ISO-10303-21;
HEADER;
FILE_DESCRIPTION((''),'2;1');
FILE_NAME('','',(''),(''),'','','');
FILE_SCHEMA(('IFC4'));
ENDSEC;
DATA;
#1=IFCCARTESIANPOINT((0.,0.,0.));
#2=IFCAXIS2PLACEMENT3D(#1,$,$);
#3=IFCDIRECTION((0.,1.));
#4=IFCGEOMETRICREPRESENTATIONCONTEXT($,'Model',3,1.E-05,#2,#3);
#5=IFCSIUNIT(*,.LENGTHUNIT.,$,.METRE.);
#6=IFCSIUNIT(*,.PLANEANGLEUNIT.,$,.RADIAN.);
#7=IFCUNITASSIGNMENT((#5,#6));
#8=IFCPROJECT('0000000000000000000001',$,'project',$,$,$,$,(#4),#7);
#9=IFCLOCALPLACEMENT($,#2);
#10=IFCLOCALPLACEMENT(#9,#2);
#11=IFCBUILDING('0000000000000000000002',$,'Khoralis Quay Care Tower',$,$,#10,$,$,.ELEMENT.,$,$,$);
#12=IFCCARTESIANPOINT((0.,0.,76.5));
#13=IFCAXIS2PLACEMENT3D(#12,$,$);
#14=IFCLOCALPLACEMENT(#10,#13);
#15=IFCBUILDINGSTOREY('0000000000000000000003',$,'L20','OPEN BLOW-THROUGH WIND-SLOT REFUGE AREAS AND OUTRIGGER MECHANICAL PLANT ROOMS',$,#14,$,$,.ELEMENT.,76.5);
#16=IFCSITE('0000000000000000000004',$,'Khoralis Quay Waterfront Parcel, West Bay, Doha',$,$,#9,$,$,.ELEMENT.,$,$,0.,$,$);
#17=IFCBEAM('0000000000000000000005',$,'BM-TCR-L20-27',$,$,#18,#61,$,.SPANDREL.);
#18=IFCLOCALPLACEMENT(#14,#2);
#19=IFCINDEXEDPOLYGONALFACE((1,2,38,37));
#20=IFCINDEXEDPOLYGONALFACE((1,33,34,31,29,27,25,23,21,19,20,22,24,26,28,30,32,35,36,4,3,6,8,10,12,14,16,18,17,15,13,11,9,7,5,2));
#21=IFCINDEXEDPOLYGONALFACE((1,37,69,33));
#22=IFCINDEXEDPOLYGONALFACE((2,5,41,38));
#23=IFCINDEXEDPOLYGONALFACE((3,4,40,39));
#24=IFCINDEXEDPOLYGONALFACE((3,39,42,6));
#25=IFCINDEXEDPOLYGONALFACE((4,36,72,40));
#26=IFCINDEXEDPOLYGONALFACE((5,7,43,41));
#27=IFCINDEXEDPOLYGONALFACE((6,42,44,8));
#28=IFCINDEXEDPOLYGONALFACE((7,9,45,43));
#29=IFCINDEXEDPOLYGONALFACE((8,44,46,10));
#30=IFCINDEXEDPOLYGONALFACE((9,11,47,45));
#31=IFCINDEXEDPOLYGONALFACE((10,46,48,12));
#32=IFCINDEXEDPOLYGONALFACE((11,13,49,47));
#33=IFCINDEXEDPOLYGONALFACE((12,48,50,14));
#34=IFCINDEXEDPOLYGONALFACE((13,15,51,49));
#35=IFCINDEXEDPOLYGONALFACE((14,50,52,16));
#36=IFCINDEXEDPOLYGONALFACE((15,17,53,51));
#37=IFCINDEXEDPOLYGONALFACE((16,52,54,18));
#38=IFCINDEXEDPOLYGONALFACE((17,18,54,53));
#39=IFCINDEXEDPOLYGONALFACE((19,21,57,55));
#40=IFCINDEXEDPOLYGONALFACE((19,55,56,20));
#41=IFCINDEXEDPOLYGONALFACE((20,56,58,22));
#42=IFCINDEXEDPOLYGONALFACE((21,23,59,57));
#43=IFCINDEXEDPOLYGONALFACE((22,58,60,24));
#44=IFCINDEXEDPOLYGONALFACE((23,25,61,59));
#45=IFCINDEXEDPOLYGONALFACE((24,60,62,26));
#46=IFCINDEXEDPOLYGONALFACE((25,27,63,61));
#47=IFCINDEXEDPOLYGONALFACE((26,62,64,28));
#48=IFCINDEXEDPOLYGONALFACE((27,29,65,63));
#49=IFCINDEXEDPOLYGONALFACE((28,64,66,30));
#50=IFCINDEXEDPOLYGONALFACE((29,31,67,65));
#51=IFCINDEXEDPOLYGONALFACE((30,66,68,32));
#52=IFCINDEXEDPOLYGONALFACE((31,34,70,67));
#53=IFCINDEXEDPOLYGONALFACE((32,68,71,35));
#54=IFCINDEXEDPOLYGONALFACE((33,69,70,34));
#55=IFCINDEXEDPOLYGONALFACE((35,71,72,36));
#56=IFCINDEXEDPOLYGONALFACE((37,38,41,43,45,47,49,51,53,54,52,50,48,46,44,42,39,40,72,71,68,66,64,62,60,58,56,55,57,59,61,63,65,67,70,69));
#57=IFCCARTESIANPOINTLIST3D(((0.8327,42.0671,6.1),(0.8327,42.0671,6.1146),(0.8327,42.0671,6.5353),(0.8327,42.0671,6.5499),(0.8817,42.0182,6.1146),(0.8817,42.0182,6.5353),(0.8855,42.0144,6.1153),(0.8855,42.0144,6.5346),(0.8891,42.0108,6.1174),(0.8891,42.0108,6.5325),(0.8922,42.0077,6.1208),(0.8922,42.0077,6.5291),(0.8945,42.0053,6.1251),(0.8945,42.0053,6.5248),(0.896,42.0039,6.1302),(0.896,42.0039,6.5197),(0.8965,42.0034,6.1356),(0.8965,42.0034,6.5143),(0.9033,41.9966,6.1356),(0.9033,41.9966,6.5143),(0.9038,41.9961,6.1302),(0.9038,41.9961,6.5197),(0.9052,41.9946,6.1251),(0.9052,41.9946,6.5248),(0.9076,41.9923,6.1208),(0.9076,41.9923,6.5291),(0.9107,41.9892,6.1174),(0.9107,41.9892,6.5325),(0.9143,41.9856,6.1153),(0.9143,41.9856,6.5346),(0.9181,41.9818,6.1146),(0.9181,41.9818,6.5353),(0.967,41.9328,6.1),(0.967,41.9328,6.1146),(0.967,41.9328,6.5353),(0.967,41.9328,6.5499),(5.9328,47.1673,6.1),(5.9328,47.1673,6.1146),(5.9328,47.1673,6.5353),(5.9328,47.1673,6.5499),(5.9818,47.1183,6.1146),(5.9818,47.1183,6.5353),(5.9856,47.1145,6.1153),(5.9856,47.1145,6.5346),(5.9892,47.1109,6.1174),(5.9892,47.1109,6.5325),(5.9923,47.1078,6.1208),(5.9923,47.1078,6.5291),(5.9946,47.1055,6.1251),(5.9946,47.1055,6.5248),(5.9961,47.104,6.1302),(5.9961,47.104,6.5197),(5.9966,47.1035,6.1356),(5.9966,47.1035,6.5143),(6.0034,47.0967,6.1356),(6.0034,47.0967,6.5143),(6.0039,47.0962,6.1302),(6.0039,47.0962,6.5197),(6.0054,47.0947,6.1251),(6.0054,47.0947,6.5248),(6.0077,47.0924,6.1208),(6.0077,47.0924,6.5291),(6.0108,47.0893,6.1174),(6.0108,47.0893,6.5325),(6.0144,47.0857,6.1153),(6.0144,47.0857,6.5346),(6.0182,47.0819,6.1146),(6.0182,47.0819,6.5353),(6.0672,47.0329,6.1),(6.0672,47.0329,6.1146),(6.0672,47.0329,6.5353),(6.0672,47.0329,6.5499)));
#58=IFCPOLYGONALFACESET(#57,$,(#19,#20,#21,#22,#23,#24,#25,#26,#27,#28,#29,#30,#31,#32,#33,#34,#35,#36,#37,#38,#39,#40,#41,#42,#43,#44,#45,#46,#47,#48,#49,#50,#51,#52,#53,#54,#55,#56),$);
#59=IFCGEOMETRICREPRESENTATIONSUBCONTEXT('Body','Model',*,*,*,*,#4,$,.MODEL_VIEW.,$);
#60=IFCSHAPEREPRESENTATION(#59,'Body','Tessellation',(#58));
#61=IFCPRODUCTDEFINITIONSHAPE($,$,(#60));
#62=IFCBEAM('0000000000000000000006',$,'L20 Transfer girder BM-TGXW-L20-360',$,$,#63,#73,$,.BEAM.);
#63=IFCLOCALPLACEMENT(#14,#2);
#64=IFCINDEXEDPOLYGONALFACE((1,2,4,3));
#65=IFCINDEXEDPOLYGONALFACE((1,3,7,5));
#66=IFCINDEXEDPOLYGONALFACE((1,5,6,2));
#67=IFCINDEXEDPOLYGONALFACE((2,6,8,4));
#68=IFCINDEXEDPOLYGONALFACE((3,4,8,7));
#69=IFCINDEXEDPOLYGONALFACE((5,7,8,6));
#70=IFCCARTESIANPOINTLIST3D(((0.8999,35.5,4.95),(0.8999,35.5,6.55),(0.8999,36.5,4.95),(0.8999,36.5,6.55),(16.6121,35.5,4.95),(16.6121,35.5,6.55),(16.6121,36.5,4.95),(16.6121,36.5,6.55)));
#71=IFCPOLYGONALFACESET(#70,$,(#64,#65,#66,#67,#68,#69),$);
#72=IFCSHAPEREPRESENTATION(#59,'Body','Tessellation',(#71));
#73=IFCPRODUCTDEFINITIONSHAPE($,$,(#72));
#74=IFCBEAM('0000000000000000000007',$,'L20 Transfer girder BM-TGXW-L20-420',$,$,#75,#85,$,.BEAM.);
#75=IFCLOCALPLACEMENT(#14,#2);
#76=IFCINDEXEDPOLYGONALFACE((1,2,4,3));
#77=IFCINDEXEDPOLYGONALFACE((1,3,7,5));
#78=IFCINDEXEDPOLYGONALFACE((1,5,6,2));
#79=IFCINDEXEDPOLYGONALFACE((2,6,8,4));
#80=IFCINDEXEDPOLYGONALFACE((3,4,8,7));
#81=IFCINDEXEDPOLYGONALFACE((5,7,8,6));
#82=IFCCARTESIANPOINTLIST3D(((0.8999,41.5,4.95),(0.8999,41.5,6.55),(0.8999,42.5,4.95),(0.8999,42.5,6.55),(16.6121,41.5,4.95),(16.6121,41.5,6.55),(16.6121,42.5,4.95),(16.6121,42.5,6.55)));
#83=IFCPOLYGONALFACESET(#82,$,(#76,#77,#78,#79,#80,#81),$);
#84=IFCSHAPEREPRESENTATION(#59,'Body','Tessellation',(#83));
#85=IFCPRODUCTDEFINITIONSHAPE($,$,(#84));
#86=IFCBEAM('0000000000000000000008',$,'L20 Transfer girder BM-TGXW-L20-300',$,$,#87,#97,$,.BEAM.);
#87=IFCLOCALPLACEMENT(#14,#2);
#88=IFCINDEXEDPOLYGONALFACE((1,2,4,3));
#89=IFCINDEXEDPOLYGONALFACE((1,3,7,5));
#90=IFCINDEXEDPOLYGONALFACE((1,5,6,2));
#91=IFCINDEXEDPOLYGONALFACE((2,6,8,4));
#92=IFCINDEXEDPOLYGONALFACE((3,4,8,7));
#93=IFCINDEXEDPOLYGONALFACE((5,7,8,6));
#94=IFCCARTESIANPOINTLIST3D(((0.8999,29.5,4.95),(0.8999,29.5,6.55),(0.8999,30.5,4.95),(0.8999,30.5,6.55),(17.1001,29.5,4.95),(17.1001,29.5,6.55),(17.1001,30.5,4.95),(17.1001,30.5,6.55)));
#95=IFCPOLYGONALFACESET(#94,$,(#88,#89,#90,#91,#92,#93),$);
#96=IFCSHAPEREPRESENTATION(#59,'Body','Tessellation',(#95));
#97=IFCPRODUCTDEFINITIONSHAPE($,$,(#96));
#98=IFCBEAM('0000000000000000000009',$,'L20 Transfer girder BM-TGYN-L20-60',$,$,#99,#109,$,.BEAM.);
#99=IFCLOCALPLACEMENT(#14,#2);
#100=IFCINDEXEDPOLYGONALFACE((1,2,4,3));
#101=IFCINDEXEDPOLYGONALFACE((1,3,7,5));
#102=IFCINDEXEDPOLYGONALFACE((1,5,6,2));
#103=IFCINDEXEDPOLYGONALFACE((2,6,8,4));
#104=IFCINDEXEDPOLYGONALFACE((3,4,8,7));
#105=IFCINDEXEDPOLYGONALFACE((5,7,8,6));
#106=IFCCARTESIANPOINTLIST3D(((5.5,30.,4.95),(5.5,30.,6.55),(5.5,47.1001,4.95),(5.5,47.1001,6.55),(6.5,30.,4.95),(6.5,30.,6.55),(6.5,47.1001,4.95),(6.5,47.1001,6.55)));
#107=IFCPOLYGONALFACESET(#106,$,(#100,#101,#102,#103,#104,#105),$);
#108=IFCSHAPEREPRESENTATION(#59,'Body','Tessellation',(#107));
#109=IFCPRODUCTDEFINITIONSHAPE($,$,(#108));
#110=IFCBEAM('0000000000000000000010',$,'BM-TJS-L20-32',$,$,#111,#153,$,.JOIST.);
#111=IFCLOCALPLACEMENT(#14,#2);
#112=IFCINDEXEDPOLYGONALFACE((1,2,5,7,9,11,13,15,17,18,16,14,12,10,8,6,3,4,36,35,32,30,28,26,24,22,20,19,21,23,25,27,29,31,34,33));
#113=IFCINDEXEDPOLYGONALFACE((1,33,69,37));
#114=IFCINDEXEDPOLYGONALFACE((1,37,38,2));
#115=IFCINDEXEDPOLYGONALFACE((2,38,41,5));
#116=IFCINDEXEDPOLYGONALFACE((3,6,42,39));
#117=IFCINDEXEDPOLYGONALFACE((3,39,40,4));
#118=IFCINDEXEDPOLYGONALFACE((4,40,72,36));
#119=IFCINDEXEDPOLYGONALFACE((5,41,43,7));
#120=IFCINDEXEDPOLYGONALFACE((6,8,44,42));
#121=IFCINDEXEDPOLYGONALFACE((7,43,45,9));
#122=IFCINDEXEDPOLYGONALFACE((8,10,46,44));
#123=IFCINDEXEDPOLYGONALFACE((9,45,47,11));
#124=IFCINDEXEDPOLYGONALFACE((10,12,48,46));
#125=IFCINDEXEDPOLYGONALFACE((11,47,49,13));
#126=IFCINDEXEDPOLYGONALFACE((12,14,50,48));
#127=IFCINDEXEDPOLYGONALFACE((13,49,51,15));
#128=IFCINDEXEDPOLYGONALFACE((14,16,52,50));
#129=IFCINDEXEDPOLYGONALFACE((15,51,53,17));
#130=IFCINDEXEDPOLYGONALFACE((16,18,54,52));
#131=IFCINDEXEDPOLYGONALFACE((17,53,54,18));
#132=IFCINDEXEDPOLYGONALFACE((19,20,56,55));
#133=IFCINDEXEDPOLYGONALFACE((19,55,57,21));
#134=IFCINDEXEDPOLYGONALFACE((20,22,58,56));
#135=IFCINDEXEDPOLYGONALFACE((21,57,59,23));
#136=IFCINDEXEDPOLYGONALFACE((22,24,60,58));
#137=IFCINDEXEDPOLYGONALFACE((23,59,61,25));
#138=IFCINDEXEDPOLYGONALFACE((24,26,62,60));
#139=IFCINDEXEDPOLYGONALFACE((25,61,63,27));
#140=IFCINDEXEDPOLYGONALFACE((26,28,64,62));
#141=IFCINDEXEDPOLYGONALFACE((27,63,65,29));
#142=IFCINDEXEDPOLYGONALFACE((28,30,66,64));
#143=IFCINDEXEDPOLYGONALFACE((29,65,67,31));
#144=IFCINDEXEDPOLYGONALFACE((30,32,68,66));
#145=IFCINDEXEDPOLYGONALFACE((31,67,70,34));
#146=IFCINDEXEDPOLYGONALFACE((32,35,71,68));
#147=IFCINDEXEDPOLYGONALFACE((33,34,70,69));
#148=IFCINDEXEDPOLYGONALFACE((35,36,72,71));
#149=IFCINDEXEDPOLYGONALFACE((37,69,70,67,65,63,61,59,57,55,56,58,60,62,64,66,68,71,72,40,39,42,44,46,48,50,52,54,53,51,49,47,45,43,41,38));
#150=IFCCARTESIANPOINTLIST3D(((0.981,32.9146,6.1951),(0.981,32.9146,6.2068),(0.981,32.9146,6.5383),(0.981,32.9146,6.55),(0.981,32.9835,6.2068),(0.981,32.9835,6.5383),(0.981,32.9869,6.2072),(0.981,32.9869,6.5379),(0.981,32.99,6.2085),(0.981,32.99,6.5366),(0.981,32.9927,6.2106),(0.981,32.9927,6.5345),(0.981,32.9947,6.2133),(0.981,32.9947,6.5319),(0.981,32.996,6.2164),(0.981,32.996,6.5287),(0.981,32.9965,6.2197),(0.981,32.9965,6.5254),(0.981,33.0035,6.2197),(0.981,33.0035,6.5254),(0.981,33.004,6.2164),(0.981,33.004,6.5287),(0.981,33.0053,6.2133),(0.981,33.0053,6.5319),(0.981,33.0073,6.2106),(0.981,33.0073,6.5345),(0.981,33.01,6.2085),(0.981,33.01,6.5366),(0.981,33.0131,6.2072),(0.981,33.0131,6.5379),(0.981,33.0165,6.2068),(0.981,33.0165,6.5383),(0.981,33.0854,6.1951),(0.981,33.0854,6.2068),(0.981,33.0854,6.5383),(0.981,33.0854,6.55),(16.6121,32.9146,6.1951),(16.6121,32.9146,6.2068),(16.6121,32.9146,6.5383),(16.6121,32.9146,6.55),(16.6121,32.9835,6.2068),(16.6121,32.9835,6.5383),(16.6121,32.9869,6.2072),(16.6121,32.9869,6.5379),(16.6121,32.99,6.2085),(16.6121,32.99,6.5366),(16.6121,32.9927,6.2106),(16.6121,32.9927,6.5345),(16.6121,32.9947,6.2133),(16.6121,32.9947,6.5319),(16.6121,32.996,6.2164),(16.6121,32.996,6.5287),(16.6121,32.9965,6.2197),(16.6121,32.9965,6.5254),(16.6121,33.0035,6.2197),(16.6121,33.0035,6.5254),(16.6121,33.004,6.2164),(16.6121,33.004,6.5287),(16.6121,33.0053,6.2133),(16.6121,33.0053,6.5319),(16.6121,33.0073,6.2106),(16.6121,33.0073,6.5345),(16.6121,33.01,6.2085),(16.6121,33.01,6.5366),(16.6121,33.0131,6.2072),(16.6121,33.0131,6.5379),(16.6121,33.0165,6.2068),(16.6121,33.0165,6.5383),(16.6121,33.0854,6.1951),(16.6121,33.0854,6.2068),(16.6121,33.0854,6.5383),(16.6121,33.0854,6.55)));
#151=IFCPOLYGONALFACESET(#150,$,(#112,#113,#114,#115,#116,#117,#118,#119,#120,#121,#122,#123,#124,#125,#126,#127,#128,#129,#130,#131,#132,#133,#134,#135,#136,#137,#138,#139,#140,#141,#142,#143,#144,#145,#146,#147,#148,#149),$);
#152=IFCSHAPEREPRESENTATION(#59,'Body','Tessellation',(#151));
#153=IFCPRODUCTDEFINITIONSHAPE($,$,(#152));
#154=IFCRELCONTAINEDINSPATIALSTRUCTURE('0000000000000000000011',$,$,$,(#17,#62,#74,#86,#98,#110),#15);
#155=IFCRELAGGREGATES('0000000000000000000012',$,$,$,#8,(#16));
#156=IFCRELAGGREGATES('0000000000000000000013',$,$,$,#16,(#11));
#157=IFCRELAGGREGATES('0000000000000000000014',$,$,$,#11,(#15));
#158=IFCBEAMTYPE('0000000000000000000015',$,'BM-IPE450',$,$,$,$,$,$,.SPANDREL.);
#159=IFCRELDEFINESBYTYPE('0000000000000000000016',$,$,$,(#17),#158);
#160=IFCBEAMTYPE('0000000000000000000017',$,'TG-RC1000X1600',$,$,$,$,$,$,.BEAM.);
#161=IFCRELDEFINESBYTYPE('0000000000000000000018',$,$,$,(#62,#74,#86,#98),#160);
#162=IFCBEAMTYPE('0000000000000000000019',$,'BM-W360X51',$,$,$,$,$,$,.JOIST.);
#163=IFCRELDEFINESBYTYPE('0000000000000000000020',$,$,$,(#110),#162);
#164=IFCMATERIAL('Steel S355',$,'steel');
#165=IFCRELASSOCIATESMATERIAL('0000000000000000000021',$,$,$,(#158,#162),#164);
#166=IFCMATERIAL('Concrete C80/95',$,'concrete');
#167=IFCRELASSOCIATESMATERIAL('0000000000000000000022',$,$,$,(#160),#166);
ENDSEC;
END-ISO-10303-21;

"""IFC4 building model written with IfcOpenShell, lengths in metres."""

from ifc_helpers import new_model, si_unit, direction, frame, origin, origin_2d, place, context, subcontext, project, spatial, rectangle, i_section, extrude, source, transform, mapped, material, material_profile, profile_set, type_object, element, save


model = new_model("IFC4")

# Units and contexts
model_context = context("Model", 3, precision=1e-05, world=origin(), true_north=direction((0.0, 1.0)))
body_context = subcontext(model_context, "Body", "Model", "MODEL_VIEW")
ifc_project = project(units=[si_unit("LENGTHUNIT", "METRE"), si_unit("PLANEANGLEUNIT", "RADIAN")], contexts=[model_context])

# Site, building, storey
site_placement = place(None, origin())
site = spatial("IfcSite", under=ifc_project, at=site_placement, Name="Khoralis Quay Waterfront Parcel, West Bay, Doha", CompositionType="ELEMENT", RefElevation=0.0)
building_placement = place(site_placement, origin())
building = spatial("IfcBuilding", under=site, at=building_placement, Name="Khoralis Quay Care Tower", CompositionType="ELEMENT")
storey_placement = place(building_placement, frame((0.0, 0.0, 76.5)))
storey = spatial("IfcBuildingStorey", under=building, at=storey_placement, Name="L20", Description="OPEN BLOW-THROUGH WIND-SLOT REFUGE AREAS AND OUTRIGGER MECHANICAL PLANT ROOMS", CompositionType="ELEMENT", Elevation=76.5)

# Shared definitions
ifc_material_1 = material(Name="Concrete C80/95", Category="concrete")

# Beams
ifc_material_2 = material(Name="Steel S355", Category="steel")
ifc_material_profile_1 = material_profile(ifc_material_2, i_section(OverallWidth=0.1899, OverallDepth=0.45, WebThickness=0.0095, FlangeThickness=0.0146, FilletRadius=0.021, at=origin_2d()), Name="Steel S355")
ifc_profile_set_1 = profile_set([ifc_material_profile_1], Name="Steel S355")
beam_type_1 = type_object("IfcBeamType", Name="BM-IPE450", PredefinedType="SPANDREL", material=ifc_profile_set_1)
shared_shape_1 = source(origin(), body_context, "Body", "SweptSolid", [
    extrude(i_section(OverallWidth=0.1899, OverallDepth=0.45, WebThickness=0.0095, FlangeThickness=0.0146, FilletRadius=0.021, at=origin_2d()), origin(), (0.0, 0.0, 1.0), 7.2126),
])
beam_1_placement = place(storey_placement, frame((6.0, 47.1001, 6.325), z_axis=(-0.707107, -0.707107, 0.0), x_axis=(0.707107, -0.707107, 0.0)))
element("IfcBeam", 1, at=beam_1_placement, inside=storey, type_object=beam_type_1, Name="BM-TCR-L20-27", PredefinedType="SPANDREL", context=body_context, shape_type="MappedRepresentation", body=[
    mapped(shared_shape_1, transform((0.0, 0.0, 0.0), scale=1.0)),
])
ifc_material_profile_2 = material_profile(ifc_material_1, rectangle(XDim=1.0, YDim=1.6001, at=origin_2d()), Name="Concrete C80/95")
ifc_profile_set_2 = profile_set([ifc_material_profile_2], Name="Concrete C80/95")
beam_type_2 = type_object("IfcBeamType", Name="TG-RC1000X1600", PredefinedType="BEAM", material=ifc_profile_set_2)
shared_shape_2 = source(origin(), body_context, "Body", "SweptSolid", [
    extrude(rectangle(XDim=1.0, YDim=1.6001, at=origin_2d()), origin(), (0.0, 0.0, 1.0), 15.7122),
])
for number, where, z_axis, x_axis, name in (
    (2, (0.8999, 36.0, 5.75), (1.0, 0.0, 0.0), (0.0, 1.0, 0.0), "L20 Transfer girder BM-TGXW-L20-360"),
    (3, (0.8999, 42.0, 5.75), (1.0, 0.0, 0.0), (0.0, 1.0, 0.0), "L20 Transfer girder BM-TGXW-L20-420"),
):
    element("IfcBeam", number, at=place(storey_placement, frame(where, z_axis=z_axis, x_axis=x_axis)), inside=storey, type_object=beam_type_2, Name=name, PredefinedType="BEAM", context=body_context, shape_type="MappedRepresentation", body=[
        mapped(shared_shape_2, transform((0.0, 0.0, 0.0), scale=1.0)),
    ])
shared_shape_3 = source(origin(), body_context, "Body", "SweptSolid", [
    extrude(rectangle(XDim=1.0, YDim=1.6001, at=origin_2d()), origin(), (0.0, 0.0, 1.0), 16.2002),
])
beam_2_placement = place(storey_placement, frame((0.8999, 30.0, 5.75), z_axis=(1.0, 0.0, 0.0), x_axis=(0.0, 1.0, 0.0)))
element("IfcBeam", 4, at=beam_2_placement, inside=storey, type_object=beam_type_2, Name="L20 Transfer girder BM-TGXW-L20-300", PredefinedType="BEAM", context=body_context, shape_type="MappedRepresentation", body=[
    mapped(shared_shape_3, transform((0.0, 0.0, 0.0), scale=1.0)),
])
shared_shape_4 = source(origin(), body_context, "Body", "SweptSolid", [
    extrude(rectangle(XDim=1.0, YDim=1.6001, at=origin_2d()), origin(), (0.0, 0.0, 1.0), 17.1001),
])
beam_3_placement = place(storey_placement, frame((6.0, 30.0, 5.75), z_axis=(0.0, 1.0, 0.0), x_axis=(-1.0, 0.0, 0.0)))
element("IfcBeam", 5, at=beam_3_placement, inside=storey, type_object=beam_type_2, Name="L20 Transfer girder BM-TGYN-L20-60", PredefinedType="BEAM", context=body_context, shape_type="MappedRepresentation", body=[
    mapped(shared_shape_4, transform((0.0, 0.0, 0.0), scale=1.0)),
])
ifc_material_profile_3 = material_profile(ifc_material_2, i_section(OverallWidth=0.1709, OverallDepth=0.355, WebThickness=0.0071, FlangeThickness=0.0117, FilletRadius=0.0129, at=origin_2d()), Name="Steel S355")
ifc_profile_set_3 = profile_set([ifc_material_profile_3], Name="Steel S355")
beam_type_3 = type_object("IfcBeamType", Name="BM-W360X51", PredefinedType="JOIST", material=ifc_profile_set_3)
shared_shape_5 = source(origin(), body_context, "Body", "SweptSolid", [
    extrude(i_section(OverallWidth=0.1709, OverallDepth=0.355, WebThickness=0.0071, FlangeThickness=0.0117, FilletRadius=0.0129, at=origin_2d()), origin(), (0.0, 0.0, 1.0), 15.6311),
])
for number, where, z_axis, x_axis, name in (
    (6, (0.981, 33.0, 6.3726), (1.0, 0.0, 0.0), (0.0, 1.0, 0.0), "BM-TJS-L20-32"),
):
    element("IfcBeam", number, at=place(storey_placement, frame(where, z_axis=z_axis, x_axis=x_axis)), inside=storey, type_object=beam_type_3, Name=name, PredefinedType="JOIST", context=body_context, shape_type="MappedRepresentation", body=[
        mapped(shared_shape_5, transform((0.0, 0.0, 0.0), scale=1.0)),
    ])

save(model, "model.ifc")
